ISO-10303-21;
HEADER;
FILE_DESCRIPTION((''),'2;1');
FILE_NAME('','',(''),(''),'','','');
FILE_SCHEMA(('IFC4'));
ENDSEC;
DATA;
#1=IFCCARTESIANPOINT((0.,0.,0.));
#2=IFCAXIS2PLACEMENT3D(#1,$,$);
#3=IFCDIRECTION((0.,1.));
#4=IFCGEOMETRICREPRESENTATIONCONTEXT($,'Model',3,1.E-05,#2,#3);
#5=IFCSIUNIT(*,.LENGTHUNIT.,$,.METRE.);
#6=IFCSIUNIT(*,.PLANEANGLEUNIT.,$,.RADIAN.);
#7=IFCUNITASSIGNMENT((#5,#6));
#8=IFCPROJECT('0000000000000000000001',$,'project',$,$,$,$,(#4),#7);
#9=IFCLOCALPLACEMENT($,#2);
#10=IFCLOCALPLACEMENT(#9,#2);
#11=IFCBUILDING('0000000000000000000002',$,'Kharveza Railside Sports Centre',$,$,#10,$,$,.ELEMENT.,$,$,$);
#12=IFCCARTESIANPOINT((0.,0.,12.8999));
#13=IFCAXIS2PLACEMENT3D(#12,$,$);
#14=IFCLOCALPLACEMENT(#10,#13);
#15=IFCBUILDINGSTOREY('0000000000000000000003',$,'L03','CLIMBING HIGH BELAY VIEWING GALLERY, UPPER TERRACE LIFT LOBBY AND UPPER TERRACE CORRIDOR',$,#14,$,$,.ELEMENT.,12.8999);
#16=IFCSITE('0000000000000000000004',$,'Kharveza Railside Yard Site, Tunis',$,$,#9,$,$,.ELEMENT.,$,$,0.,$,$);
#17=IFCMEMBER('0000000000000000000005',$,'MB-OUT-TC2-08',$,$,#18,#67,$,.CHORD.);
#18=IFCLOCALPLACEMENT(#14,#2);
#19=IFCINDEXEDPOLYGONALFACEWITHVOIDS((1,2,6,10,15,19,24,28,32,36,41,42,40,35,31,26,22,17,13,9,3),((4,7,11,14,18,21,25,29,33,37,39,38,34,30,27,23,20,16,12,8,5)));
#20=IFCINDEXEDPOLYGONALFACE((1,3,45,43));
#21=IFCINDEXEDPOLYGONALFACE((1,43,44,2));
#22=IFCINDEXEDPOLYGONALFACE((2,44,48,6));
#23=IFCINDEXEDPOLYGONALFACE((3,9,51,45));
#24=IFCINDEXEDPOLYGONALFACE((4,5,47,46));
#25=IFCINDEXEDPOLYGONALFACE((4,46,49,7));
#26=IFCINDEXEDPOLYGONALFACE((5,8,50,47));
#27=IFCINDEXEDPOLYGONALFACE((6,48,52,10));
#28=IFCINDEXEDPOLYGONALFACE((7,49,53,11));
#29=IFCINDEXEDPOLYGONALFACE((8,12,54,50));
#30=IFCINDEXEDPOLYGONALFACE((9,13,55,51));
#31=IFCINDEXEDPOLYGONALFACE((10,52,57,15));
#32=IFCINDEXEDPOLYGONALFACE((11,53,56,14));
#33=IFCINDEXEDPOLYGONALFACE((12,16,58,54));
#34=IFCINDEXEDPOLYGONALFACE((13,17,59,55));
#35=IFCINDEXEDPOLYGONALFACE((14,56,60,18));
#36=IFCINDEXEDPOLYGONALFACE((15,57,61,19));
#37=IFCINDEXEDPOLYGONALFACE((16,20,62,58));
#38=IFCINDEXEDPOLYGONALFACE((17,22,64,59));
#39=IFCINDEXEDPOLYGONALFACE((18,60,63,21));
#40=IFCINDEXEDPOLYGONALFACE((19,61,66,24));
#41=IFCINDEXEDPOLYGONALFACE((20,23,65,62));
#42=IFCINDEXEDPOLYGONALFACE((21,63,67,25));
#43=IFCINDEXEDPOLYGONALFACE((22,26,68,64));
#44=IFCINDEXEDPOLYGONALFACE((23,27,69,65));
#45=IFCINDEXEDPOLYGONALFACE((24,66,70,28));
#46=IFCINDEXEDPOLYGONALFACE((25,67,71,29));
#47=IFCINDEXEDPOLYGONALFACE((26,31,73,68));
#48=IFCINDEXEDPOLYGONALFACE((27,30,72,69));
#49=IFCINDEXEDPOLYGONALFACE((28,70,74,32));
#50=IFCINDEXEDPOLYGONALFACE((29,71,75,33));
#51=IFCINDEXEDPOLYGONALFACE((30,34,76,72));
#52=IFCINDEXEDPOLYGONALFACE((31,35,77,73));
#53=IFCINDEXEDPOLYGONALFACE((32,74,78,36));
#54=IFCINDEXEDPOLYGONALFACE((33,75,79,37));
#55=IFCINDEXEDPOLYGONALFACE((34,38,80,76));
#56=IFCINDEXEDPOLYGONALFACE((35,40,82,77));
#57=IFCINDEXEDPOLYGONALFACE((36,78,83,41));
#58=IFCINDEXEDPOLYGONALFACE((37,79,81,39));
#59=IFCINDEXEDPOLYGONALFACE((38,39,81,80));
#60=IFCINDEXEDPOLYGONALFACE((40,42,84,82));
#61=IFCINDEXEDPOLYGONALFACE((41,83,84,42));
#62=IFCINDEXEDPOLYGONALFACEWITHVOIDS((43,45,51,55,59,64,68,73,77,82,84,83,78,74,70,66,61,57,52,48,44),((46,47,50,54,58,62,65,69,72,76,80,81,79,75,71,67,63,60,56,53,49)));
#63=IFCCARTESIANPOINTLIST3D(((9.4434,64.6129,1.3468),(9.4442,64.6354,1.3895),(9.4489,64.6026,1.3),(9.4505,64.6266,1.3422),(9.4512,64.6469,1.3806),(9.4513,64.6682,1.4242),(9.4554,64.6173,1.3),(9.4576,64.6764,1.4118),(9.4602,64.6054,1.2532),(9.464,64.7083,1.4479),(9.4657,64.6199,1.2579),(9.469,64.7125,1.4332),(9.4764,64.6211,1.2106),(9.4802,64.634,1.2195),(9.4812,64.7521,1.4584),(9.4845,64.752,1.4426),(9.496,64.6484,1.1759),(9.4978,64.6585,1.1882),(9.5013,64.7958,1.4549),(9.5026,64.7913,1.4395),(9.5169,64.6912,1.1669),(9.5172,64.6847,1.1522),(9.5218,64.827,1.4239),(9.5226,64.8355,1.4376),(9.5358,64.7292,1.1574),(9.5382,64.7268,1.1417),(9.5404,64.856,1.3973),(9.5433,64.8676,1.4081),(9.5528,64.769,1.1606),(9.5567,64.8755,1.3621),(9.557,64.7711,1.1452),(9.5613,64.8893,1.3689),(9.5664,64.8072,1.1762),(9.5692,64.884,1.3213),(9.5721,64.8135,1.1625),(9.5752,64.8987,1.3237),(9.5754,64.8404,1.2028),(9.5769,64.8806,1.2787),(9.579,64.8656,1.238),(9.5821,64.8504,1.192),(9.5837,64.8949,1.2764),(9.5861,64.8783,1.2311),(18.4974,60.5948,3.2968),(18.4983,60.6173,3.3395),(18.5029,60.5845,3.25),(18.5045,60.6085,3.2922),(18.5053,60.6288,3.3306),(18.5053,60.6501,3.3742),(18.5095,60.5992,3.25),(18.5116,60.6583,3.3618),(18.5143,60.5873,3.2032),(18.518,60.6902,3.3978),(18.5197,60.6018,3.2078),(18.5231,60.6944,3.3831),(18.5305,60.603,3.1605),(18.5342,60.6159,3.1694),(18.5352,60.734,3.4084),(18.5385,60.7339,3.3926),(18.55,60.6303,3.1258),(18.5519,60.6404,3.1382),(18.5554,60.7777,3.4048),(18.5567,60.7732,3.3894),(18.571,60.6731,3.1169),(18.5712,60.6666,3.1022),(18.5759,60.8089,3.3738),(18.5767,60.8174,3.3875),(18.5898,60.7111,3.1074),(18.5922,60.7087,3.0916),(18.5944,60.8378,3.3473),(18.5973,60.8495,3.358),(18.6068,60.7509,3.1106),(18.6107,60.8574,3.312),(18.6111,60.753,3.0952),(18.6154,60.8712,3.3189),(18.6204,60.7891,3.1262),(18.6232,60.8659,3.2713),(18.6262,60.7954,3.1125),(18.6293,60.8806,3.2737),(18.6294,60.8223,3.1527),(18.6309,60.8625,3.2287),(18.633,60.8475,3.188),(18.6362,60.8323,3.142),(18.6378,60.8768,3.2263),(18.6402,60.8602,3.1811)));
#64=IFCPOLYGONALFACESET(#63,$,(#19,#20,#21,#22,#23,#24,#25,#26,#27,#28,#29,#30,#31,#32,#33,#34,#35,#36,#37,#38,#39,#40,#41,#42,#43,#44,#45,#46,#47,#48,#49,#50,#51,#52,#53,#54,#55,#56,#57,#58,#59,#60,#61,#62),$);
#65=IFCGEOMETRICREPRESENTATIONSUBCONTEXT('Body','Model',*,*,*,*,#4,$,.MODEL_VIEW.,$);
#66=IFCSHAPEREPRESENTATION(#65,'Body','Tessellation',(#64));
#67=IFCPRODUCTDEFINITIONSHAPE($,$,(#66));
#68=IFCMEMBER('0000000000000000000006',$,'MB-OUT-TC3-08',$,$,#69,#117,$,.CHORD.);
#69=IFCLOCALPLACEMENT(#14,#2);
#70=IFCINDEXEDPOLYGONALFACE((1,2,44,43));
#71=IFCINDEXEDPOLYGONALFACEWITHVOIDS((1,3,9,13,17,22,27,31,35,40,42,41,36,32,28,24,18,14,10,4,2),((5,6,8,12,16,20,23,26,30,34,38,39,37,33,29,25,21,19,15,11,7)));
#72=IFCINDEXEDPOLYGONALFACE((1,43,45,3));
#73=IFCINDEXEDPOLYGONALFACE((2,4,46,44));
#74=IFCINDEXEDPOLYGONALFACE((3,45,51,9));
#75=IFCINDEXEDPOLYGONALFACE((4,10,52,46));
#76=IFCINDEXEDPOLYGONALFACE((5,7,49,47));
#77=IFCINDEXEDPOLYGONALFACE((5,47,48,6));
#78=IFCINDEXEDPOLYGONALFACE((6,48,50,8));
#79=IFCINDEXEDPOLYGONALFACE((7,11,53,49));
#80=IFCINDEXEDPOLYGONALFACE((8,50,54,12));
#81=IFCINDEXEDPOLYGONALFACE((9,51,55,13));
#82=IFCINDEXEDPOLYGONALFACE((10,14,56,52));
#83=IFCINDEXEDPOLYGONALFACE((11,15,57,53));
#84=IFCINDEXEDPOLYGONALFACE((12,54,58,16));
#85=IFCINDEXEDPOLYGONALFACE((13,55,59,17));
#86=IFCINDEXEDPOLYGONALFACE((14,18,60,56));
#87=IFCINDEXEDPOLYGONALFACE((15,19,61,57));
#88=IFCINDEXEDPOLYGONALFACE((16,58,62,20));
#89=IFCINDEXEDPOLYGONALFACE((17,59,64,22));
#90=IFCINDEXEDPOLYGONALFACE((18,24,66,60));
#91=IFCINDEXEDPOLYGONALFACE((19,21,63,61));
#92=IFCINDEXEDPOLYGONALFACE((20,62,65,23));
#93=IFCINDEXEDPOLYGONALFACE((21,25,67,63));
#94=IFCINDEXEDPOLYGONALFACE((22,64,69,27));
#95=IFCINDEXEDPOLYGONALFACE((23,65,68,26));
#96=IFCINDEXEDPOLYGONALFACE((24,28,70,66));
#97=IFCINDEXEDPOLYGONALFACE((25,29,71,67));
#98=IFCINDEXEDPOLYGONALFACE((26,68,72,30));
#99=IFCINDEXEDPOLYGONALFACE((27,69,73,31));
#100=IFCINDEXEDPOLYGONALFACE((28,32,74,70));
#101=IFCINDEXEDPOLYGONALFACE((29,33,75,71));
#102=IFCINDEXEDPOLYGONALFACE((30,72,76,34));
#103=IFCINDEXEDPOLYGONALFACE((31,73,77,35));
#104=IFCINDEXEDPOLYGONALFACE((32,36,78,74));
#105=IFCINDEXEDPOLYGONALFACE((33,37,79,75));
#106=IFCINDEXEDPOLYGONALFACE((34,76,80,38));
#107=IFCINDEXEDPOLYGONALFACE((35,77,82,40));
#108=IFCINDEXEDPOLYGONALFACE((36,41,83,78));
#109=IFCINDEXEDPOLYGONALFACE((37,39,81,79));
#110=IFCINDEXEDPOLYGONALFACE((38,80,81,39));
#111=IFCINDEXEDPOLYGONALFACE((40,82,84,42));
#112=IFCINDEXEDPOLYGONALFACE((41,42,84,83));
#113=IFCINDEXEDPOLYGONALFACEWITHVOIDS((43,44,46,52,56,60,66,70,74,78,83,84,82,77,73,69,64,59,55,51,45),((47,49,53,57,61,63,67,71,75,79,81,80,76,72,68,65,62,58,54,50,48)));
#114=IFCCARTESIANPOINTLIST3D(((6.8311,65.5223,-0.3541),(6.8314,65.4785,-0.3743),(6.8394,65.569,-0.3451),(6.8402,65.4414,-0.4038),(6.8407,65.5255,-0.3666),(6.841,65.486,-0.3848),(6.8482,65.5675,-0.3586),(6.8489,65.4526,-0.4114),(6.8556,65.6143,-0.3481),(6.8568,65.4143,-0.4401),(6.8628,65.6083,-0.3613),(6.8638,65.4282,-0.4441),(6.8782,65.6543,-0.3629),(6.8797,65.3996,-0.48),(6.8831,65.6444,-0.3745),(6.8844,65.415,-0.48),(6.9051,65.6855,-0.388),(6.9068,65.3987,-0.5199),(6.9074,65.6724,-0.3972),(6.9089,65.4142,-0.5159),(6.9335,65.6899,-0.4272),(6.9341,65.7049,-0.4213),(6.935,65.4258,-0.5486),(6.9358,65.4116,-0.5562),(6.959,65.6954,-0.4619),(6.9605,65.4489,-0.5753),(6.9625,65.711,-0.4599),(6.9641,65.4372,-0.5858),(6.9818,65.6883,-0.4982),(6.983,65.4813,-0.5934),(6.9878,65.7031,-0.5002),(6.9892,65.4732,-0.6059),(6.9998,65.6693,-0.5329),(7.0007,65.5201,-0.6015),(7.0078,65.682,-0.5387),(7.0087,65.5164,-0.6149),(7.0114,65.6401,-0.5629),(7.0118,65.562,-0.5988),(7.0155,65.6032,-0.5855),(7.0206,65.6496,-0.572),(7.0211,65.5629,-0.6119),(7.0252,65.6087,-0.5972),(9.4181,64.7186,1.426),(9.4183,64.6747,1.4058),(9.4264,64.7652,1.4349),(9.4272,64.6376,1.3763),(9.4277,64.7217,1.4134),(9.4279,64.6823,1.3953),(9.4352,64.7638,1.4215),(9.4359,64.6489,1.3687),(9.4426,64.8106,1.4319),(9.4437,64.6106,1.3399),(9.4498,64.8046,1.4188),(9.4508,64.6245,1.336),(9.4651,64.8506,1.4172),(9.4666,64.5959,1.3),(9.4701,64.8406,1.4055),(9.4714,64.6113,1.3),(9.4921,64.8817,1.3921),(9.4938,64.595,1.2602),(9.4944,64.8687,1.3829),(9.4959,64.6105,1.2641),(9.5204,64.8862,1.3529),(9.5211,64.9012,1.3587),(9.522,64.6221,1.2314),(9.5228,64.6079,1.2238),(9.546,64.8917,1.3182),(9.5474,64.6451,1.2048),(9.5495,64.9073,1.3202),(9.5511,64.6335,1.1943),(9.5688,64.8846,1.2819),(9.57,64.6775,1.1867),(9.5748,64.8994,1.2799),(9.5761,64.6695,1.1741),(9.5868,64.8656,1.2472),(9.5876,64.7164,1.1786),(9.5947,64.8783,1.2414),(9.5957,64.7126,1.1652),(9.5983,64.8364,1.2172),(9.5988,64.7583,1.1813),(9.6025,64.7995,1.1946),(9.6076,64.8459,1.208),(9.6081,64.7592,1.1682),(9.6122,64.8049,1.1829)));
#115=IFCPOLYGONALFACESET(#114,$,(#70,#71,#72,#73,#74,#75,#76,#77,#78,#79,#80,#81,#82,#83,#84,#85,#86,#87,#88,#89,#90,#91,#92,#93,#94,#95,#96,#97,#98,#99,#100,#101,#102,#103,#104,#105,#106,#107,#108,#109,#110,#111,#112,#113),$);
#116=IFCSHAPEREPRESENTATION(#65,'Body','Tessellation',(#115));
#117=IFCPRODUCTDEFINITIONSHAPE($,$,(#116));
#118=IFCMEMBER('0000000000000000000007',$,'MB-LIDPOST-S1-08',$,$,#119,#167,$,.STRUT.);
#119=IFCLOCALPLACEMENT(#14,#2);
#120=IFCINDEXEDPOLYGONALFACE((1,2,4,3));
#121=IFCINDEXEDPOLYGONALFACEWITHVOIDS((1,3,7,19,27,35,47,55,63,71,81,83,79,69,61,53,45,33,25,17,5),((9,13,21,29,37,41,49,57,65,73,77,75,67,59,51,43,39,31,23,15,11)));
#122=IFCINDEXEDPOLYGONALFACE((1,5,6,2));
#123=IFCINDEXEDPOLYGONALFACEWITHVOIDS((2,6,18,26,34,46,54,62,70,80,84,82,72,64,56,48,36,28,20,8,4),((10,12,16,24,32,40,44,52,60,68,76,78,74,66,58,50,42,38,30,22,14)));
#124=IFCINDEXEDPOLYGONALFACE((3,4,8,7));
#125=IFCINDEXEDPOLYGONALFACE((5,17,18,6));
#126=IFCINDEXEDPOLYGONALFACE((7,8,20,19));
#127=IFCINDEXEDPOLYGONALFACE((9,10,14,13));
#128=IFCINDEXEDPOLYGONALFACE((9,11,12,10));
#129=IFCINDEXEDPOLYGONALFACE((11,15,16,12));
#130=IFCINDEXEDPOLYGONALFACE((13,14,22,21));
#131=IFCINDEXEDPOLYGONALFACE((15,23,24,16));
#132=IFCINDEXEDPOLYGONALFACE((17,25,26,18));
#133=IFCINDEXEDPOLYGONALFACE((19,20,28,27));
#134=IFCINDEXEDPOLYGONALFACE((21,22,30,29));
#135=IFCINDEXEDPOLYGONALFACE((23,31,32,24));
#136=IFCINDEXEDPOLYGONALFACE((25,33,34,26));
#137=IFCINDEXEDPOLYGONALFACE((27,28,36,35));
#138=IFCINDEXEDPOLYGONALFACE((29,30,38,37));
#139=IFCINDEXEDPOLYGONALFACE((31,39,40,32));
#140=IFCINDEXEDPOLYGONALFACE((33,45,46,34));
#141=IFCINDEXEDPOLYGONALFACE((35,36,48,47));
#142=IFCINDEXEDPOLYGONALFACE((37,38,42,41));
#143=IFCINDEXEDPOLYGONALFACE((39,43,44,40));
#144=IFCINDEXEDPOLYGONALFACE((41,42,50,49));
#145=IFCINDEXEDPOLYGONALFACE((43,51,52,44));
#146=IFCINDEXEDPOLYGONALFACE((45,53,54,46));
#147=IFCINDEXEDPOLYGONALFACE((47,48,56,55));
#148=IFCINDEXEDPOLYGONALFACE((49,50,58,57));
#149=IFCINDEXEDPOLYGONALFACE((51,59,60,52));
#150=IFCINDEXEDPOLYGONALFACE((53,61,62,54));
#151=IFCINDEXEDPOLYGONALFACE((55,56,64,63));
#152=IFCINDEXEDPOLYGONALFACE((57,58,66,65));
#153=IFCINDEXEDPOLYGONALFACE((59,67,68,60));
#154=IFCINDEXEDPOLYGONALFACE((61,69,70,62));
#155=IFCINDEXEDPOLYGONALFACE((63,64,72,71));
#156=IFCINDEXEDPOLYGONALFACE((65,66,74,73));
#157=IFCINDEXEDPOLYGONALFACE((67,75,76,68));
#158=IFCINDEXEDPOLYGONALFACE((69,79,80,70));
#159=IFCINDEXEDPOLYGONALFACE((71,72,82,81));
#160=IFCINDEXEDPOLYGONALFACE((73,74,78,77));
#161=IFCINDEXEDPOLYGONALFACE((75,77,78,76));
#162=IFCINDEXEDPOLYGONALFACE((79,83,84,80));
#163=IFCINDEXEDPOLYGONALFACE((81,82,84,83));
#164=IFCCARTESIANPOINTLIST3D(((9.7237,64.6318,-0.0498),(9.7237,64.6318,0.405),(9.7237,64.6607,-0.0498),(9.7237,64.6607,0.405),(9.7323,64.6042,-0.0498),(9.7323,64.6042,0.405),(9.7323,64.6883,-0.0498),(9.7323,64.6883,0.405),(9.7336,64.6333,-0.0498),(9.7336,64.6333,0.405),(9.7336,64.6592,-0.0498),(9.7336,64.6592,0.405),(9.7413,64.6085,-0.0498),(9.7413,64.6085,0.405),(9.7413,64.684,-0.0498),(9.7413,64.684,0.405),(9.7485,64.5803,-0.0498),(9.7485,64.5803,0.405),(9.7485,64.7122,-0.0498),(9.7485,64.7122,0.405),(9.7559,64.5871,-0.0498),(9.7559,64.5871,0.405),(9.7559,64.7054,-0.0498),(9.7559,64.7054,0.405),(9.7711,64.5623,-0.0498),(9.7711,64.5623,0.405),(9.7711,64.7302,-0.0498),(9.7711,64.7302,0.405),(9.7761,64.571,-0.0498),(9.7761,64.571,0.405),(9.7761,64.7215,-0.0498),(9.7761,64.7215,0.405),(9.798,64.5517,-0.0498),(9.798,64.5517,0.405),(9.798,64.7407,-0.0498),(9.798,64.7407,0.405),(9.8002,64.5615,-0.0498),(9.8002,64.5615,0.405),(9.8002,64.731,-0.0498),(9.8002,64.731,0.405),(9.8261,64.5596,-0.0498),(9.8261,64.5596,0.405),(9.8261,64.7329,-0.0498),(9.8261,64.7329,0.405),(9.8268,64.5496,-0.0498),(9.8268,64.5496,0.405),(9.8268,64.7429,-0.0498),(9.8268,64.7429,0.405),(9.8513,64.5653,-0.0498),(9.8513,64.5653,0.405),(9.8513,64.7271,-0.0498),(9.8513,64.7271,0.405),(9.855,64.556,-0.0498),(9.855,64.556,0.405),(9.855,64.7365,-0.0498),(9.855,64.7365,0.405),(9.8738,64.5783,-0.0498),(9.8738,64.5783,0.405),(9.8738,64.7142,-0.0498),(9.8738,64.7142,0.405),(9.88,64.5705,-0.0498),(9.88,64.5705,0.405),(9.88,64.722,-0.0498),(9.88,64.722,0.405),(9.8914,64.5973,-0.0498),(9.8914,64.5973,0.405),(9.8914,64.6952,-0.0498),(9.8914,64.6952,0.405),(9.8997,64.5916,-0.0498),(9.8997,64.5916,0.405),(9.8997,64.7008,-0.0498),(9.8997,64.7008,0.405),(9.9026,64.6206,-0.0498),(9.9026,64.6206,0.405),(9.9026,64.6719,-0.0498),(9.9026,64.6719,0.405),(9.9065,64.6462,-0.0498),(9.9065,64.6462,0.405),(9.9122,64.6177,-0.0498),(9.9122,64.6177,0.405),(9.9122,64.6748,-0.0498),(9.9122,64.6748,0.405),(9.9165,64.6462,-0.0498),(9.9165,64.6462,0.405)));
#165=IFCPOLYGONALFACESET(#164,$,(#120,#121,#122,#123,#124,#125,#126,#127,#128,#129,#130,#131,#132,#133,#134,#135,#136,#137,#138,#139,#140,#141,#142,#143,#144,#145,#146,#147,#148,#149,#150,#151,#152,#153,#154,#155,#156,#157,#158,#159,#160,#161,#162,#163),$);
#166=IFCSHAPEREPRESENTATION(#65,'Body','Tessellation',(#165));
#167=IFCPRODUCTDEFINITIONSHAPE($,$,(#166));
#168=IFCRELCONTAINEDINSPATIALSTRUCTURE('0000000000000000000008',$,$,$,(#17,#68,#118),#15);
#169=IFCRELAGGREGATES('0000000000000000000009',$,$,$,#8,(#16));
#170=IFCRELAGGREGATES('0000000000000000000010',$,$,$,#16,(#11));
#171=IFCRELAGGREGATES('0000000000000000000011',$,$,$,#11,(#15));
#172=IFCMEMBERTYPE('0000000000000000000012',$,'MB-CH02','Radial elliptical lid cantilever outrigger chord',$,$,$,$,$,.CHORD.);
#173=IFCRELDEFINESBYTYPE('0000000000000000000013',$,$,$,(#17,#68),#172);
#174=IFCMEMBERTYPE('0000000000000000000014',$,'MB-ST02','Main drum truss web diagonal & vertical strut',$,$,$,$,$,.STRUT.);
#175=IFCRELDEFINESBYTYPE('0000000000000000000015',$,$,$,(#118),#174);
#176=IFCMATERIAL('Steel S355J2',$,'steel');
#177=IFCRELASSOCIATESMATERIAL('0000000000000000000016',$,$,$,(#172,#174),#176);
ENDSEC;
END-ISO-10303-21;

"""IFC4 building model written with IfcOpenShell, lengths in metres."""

from ifc_helpers import new_model, si_unit, direction, frame, origin, origin_2d, place, context, subcontext, project, spatial, hollow_circle, extrude, material, material_profile, profile_set, type_object, element, save


model = new_model("IFC4")

# Units and contexts
model_context = context("Model", 3, precision=1e-05, world=origin(), true_north=direction((0.0, 1.0)))
body_context = subcontext(model_context, "Body", "Model", "MODEL_VIEW")
ifc_project = project(units=[si_unit("LENGTHUNIT", "METRE"), si_unit("PLANEANGLEUNIT", "RADIAN")], contexts=[model_context])

# Site, building, storey
site_placement = place(None, origin())
site = spatial("IfcSite", under=ifc_project, at=site_placement, Name="Kharveza Railside Yard Site, Tunis", CompositionType="ELEMENT", RefElevation=0.0)
building_placement = place(site_placement, origin())
building = spatial("IfcBuilding", under=site, at=building_placement, Name="Kharveza Railside Sports Centre", CompositionType="ELEMENT")
storey_placement = place(building_placement, frame((0.0, 0.0, 12.8999)))
storey = spatial("IfcBuildingStorey", under=building, at=storey_placement, Name="L03", Description="CLIMBING HIGH BELAY VIEWING GALLERY, UPPER TERRACE LIFT LOBBY AND UPPER TERRACE CORRIDOR", CompositionType="ELEMENT", Elevation=12.8999)

# Shared definitions
ifc_material_1 = material(Name="Steel S355J2", Category="steel")

# Members
ifc_material_profile_1 = material_profile(ifc_material_1, hollow_circle(Radius=0.1619, WallThickness=0.0161, at=origin_2d()), Name="CHS 323.9x16.0")
ifc_profile_set_1 = profile_set([ifc_material_profile_1], Name="Steel S355J2")
member_type_1 = type_object("IfcMemberType", Name="MB-CH02", Description="Radial elliptical lid cantilever outrigger chord", PredefinedType="CHORD", material=ifc_profile_set_1)
member_1_placement = place(storey_placement, frame((18.5686, 60.7324, 3.25), z_axis=(-0.896821, 0.398001, -0.193148), x_axis=(-0.40564, -0.914033, 0.0)))
element("IfcMember", 1, at=member_1_placement, inside=storey, type_object=member_type_1, Name="MB-OUT-TC2-08", PredefinedType="CHORD", context=body_context, shape_type="SweptSolid", body=[
    extrude(hollow_circle(Radius=0.1619, WallThickness=0.0161, at=origin_2d()), origin(), (0.0, 0.0, 1.0), 10.0957),
])
member_2_placement = place(storey_placement, frame((9.5146, 64.7505, 1.3), z_axis=(-0.798089, 0.247953, -0.549157), x_axis=(-0.296694, -0.954973, 0.0)))
element("IfcMember", 2, at=member_2_placement, inside=storey, type_object=member_type_1, Name="MB-OUT-TC3-08", PredefinedType="CHORD", context=body_context, shape_type="SweptSolid", body=[
    extrude(hollow_circle(Radius=0.1619, WallThickness=0.0161, at=origin_2d()), origin(), (0.0, 0.0, 1.0), 3.2415),
])
ifc_material_profile_2 = material_profile(ifc_material_1, hollow_circle(Radius=0.0969, WallThickness=0.01, at=origin_2d()), Name="CHS 193.7x10.0")
ifc_profile_set_2 = profile_set([ifc_material_profile_2], Name="Steel S355J2")
member_type_2 = type_object("IfcMemberType", Name="MB-ST02", Description="Main drum truss web diagonal & vertical strut", PredefinedType="STRUT", material=ifc_profile_set_2)
member_3_placement = place(storey_placement, frame((9.8196, 64.6462, -0.0498), z_axis=(0.0, 0.0, 1.0), x_axis=(1.0, 0.0, 0.0)))
element("IfcMember", 3, at=member_3_placement, inside=storey, type_object=member_type_2, Name="MB-LIDPOST-S1-08", PredefinedType="STRUT", context=body_context, shape_type="SweptSolid", body=[
    extrude(hollow_circle(Radius=0.0969, WallThickness=0.01, at=origin_2d()), origin(), (0.0, 0.0, 1.0), 0.4548),
])

save(model, "model.ifc")
